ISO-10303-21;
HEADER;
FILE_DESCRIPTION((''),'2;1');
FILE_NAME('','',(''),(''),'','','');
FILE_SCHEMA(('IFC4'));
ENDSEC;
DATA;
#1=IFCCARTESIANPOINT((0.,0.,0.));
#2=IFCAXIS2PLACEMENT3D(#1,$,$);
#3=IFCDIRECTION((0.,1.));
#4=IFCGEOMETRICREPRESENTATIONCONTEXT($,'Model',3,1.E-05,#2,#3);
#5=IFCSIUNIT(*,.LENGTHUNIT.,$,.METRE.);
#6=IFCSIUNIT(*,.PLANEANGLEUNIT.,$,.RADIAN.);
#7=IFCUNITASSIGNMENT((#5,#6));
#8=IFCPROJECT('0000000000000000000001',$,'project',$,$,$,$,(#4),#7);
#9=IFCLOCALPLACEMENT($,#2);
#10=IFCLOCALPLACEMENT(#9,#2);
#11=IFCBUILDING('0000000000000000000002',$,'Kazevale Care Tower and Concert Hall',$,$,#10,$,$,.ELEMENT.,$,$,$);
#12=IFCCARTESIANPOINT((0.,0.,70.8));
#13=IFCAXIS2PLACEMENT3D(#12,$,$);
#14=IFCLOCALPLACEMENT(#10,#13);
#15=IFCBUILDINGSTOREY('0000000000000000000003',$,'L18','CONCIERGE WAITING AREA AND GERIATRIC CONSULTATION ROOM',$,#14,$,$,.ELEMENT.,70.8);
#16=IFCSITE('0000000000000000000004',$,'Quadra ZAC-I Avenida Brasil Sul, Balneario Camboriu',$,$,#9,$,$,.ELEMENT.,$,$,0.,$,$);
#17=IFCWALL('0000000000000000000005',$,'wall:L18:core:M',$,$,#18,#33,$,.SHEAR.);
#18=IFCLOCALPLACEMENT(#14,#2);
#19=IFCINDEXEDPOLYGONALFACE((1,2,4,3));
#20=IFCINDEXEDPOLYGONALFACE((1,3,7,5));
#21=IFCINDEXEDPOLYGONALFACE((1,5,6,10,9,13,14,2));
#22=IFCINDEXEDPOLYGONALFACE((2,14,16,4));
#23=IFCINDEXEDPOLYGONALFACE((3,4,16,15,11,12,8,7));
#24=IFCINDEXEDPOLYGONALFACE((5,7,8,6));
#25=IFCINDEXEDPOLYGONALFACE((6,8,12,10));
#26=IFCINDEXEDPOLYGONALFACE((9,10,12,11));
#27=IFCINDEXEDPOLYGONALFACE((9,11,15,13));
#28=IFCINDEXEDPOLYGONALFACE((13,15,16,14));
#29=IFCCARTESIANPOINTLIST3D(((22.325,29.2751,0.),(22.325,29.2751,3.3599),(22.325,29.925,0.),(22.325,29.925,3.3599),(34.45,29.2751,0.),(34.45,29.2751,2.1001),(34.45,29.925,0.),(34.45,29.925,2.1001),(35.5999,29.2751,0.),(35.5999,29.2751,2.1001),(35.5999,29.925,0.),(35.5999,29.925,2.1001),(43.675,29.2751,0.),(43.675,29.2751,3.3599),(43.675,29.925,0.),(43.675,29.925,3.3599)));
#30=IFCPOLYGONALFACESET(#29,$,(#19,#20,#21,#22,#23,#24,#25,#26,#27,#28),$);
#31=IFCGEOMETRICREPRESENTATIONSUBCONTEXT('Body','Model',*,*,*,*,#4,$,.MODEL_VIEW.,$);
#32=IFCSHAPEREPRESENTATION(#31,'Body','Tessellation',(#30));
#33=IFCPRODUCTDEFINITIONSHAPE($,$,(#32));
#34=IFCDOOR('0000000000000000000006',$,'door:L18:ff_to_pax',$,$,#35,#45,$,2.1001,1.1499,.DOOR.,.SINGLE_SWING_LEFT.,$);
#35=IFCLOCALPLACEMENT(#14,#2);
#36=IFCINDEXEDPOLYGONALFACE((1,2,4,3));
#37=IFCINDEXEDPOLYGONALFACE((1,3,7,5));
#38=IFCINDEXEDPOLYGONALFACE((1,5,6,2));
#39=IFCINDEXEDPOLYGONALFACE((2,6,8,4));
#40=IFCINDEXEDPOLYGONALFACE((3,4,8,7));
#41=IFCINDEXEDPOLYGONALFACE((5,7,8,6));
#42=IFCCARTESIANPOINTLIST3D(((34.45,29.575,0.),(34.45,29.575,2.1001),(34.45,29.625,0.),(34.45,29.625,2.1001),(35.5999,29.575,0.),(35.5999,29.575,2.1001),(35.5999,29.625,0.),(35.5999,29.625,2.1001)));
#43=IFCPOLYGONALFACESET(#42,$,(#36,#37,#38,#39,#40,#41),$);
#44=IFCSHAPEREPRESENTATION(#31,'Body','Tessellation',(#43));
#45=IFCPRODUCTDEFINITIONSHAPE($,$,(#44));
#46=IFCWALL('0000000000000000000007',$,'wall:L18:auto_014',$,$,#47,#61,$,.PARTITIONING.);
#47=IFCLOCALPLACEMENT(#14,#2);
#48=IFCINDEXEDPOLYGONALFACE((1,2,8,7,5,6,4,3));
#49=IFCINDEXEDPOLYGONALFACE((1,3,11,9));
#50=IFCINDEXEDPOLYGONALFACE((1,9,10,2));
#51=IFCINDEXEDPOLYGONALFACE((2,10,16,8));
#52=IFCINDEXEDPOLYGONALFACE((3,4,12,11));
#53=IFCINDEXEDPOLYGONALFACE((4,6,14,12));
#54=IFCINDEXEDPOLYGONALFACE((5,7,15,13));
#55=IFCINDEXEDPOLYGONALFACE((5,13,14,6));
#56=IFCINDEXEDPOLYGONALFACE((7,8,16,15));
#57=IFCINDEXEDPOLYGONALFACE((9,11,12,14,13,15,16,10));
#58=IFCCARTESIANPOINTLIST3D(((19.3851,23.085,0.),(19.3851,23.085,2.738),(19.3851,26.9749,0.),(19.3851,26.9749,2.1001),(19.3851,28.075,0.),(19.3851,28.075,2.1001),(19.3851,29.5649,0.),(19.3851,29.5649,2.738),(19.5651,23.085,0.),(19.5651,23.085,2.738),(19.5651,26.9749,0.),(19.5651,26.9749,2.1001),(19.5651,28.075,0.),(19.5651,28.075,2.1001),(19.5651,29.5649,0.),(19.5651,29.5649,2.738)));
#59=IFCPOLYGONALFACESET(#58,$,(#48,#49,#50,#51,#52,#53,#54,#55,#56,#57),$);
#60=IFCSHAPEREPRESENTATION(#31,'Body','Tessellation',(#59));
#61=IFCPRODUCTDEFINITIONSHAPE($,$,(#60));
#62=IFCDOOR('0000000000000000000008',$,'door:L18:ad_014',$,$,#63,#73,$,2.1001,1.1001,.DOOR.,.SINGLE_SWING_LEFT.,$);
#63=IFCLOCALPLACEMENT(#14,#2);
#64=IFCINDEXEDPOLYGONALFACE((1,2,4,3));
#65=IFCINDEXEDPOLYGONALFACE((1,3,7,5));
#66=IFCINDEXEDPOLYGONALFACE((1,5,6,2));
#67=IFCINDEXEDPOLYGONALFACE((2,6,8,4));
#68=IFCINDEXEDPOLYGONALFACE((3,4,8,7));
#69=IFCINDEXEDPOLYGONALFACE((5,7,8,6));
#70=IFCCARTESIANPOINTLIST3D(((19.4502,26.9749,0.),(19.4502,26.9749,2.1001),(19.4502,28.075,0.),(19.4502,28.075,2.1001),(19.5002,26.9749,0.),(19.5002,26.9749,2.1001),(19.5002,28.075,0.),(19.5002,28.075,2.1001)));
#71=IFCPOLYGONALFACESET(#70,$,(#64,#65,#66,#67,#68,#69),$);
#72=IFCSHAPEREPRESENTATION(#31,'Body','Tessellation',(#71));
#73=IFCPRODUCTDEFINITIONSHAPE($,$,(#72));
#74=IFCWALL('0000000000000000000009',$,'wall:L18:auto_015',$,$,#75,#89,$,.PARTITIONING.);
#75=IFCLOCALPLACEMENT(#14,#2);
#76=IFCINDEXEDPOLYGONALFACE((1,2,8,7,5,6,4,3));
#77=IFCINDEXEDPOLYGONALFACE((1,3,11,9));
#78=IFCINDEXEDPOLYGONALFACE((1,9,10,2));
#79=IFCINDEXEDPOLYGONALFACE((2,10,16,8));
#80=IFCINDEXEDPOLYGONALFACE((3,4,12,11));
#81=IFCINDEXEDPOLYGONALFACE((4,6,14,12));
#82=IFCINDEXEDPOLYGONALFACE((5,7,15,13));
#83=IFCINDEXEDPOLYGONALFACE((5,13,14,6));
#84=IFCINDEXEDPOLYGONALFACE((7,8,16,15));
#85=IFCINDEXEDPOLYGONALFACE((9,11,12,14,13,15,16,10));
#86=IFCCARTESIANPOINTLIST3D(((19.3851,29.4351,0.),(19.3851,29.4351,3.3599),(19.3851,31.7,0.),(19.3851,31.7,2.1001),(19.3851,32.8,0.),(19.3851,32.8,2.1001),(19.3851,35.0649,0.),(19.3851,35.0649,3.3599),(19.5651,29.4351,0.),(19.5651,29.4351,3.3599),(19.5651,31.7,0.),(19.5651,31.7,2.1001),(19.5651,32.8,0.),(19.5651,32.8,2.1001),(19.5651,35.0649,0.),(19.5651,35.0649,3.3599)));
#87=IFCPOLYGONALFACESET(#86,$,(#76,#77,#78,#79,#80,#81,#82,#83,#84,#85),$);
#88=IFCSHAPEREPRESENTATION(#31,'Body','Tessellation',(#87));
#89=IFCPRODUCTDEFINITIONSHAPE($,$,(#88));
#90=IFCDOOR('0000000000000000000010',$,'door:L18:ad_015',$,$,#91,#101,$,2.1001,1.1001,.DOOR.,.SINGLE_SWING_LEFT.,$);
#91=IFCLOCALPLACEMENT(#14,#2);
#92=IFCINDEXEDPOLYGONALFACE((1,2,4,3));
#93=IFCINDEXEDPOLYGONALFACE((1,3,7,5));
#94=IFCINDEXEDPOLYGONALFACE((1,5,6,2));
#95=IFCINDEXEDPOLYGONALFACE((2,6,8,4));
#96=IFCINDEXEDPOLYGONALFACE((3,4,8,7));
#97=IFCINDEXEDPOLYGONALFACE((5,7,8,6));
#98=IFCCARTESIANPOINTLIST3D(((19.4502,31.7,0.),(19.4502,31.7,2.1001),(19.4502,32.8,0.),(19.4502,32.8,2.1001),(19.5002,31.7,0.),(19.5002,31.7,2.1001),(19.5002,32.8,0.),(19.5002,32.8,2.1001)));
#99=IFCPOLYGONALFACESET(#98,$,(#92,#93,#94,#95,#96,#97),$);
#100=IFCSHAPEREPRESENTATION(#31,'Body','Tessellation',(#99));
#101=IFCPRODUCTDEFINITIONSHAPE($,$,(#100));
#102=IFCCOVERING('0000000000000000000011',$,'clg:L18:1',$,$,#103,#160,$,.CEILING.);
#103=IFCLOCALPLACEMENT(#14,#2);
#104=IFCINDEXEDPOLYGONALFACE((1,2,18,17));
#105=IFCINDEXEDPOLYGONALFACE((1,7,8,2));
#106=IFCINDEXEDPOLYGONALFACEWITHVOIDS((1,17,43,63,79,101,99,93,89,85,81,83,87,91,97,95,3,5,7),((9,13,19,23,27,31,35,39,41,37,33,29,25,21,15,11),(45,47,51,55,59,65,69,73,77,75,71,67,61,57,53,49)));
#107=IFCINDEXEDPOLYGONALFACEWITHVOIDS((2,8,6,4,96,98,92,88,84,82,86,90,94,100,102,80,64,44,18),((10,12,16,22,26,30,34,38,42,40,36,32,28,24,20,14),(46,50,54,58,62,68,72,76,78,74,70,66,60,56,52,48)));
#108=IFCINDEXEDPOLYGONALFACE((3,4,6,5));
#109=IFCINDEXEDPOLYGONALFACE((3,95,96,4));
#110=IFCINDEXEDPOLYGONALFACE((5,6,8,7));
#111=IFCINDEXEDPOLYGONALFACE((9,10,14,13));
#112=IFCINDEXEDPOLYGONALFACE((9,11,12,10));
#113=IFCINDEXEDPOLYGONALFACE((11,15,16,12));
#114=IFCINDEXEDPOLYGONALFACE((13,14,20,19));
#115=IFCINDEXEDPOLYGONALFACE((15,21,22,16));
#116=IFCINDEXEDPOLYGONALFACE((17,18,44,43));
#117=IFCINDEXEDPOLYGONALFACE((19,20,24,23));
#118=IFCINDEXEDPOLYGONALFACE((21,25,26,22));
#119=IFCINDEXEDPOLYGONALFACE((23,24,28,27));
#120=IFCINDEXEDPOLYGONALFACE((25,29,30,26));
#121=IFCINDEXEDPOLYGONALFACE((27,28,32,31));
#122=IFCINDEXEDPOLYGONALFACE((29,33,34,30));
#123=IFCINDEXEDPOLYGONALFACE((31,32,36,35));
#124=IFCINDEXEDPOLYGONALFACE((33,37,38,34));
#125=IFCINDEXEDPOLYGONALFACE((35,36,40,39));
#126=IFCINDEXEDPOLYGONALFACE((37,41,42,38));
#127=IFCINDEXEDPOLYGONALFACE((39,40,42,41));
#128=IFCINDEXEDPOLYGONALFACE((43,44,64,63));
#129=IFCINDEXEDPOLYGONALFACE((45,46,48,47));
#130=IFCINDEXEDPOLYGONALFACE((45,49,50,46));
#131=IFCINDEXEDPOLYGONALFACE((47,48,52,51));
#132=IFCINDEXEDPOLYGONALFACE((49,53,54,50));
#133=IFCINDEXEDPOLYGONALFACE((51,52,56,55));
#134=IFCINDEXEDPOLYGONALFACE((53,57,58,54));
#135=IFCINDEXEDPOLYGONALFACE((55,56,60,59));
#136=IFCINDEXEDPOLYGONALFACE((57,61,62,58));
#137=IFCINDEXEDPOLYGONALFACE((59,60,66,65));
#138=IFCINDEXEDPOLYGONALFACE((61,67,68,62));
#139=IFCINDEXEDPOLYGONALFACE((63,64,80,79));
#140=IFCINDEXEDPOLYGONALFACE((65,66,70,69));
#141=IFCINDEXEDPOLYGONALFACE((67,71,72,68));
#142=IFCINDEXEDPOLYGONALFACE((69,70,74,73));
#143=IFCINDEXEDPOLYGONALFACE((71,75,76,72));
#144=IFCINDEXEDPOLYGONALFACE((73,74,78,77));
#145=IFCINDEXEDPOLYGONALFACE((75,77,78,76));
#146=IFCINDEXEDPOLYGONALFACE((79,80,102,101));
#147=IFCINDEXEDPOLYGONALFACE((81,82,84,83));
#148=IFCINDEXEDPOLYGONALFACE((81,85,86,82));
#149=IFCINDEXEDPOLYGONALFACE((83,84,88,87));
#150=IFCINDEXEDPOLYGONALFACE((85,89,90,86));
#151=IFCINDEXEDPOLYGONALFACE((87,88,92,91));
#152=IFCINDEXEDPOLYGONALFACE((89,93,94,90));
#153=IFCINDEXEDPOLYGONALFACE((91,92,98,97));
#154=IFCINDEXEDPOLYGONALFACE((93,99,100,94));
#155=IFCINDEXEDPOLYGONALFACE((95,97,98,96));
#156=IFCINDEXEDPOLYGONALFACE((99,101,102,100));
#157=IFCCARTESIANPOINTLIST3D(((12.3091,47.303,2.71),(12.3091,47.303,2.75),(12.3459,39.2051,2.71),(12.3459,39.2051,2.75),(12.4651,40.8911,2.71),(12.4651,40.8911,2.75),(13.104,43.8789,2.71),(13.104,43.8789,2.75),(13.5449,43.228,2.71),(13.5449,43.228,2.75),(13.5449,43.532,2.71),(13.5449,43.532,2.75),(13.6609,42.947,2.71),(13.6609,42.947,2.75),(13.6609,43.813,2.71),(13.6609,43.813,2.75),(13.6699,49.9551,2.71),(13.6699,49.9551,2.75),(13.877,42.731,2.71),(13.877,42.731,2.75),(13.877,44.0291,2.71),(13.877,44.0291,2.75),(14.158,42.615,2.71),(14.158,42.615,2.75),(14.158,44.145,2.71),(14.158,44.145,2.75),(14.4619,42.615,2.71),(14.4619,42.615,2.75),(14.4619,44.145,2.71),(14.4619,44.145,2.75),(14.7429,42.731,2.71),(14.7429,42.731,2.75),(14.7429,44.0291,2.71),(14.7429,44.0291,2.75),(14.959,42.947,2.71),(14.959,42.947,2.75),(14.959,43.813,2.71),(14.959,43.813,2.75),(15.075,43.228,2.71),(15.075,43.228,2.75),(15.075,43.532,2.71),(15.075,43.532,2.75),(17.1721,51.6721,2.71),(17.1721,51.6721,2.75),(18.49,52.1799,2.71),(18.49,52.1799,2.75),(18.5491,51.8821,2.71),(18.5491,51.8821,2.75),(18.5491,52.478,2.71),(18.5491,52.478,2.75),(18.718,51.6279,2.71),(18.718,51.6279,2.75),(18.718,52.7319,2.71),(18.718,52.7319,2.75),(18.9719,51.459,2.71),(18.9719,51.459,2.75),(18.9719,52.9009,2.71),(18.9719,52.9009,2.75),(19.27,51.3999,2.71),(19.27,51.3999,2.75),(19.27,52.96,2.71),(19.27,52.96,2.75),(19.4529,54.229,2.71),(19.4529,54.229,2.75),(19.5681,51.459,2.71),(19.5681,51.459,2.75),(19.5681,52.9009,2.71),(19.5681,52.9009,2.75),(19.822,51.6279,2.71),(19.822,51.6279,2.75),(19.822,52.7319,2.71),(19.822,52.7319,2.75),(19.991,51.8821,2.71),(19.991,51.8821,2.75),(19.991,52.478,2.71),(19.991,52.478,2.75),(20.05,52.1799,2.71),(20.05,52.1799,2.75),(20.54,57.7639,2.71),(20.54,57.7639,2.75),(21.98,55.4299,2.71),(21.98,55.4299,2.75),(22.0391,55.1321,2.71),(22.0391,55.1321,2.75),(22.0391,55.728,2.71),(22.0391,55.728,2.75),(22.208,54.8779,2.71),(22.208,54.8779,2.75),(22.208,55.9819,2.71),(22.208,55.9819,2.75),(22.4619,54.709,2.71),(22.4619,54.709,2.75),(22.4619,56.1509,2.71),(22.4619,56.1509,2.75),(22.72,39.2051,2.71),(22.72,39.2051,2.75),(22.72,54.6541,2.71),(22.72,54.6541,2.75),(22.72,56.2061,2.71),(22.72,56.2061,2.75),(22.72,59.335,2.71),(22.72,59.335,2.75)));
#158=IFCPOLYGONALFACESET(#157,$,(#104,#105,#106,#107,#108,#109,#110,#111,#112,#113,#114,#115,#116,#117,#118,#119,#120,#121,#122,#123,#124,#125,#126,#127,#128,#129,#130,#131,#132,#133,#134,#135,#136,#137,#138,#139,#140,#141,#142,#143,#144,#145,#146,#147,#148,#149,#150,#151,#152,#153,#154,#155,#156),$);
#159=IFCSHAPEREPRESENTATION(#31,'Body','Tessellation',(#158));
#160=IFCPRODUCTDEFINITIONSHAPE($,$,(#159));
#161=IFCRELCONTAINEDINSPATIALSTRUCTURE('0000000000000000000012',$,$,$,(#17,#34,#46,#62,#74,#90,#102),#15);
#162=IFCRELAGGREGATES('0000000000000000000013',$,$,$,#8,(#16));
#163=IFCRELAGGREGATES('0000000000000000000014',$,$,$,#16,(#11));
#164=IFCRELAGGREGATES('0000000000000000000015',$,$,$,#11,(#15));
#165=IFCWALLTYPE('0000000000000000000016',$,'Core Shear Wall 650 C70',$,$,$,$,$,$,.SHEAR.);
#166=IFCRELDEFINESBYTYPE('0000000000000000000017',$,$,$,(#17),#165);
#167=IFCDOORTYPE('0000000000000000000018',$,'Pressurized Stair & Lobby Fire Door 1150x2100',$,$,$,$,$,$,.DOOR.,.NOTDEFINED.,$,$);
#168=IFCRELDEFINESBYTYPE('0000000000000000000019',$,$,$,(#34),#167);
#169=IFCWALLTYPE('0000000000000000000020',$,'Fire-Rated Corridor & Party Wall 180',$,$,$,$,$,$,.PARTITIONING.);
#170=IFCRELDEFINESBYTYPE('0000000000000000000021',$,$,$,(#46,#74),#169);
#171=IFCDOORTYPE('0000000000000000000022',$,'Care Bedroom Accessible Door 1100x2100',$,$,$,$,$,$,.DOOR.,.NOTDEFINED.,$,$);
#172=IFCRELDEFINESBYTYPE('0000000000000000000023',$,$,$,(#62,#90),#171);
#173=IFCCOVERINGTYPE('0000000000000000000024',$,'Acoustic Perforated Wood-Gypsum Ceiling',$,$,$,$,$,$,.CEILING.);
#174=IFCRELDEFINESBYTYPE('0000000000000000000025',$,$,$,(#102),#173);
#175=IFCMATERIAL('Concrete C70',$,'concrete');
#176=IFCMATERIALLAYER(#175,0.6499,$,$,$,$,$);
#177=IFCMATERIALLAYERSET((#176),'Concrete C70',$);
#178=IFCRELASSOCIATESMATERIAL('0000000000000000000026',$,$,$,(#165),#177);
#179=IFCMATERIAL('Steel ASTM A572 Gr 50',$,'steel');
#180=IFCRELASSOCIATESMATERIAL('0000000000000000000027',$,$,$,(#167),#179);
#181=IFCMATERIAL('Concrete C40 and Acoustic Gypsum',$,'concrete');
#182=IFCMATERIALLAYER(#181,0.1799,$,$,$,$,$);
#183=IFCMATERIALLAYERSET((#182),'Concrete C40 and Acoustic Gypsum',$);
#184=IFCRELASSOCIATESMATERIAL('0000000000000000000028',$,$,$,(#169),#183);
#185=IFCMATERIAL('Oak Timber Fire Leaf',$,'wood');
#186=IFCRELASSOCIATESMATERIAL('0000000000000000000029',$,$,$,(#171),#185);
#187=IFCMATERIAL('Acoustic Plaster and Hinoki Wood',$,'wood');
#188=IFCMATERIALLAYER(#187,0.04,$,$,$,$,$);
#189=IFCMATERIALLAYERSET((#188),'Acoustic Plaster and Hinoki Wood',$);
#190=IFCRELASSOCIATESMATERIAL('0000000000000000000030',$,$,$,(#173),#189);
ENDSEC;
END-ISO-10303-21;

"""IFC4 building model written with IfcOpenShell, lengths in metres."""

from ifc_helpers import new_model, si_unit, direction, frame, frame_2d, origin, place, context, subcontext, project, spatial, polyline, rectangle, outline, extrude, material, layer, layer_set, type_object, element, fill, save


model = new_model("IFC4")

# Units and contexts
model_context = context("Model", 3, precision=1e-05, world=origin(), true_north=direction((0.0, 1.0)))
body_context = subcontext(model_context, "Body", "Model", "MODEL_VIEW")
ifc_project = project(units=[si_unit("LENGTHUNIT", "METRE"), si_unit("PLANEANGLEUNIT", "RADIAN")], contexts=[model_context])

# Site, building, storey
site_placement = place(None, origin())
site = spatial("IfcSite", under=ifc_project, at=site_placement, Name="Quadra ZAC-I Avenida Brasil Sul, Balneario Camboriu", CompositionType="ELEMENT", RefElevation=0.0)
building_placement = place(site_placement, origin())
building = spatial("IfcBuilding", under=site, at=building_placement, Name="Kazevale Care Tower and Concert Hall", CompositionType="ELEMENT")
storey_placement = place(building_placement, frame((0.0, 0.0, 70.8)))
storey = spatial("IfcBuildingStorey", under=building, at=storey_placement, Name="L18", Description="CONCIERGE WAITING AREA AND GERIATRIC CONSULTATION ROOM", CompositionType="ELEMENT", Elevation=70.8)

# Shared definitions
ifc_material_1 = material(Name="Concrete C70", Category="concrete")

# Shared definitions
ifc_material_2 = material(Name="Steel ASTM A572 Gr 50", Category="steel")

# Shared definitions
ifc_layer_1 = layer(ifc_material_1, 0.6499)
ifc_layer_set_1 = layer_set([ifc_layer_1], Name="Concrete C70")
wall_type_1 = type_object("IfcWallType", Name="Core Shear Wall 650 C70", PredefinedType="SHEAR", material=ifc_layer_set_1)

# Walls, openings, doors
wall_1_placement = place(storey_placement, frame((22.325, 29.6001, 0.0), z_axis=(0.0, 0.0, 1.0), x_axis=(1.0, 0.0, 0.0)))
wall_1 = element("IfcWall", 1, at=wall_1_placement, inside=storey, type_object=wall_type_1, Name="wall:L18:core:M", PredefinedType="SHEAR", context=body_context, shape_type="SweptSolid", body=[
    extrude(rectangle(XDim=21.3501, YDim=0.6499, at=frame_2d((10.675, 0.0))), origin(), (0.0, 0.0, 1.0), 3.3599),
])
opening_1_placement = place(wall_1_placement, frame((12.125, 0.0, 0.0)))
opening_1 = element("IfcOpeningElement", 2, at=opening_1_placement, cuts=wall_1, PredefinedType="OPENING", context=body_context, shape_type="SweptSolid", body=[
    extrude(rectangle(XDim=1.1499, YDim=2.1001, at=frame_2d((0.575, 1.05))), frame((0.0, 0.335, 0.0), z_axis=(0.0, -1.0, 0.0), x_axis=(1.0, 0.0, 0.0)), (0.0, 0.0, 1.0), 0.6699),
])
door_type_1 = type_object("IfcDoorType", Name="Pressurized Stair & Lobby Fire Door 1150x2100", OperationType="NOTDEFINED", PredefinedType="DOOR", material=ifc_material_2)
door_1_placement = place(opening_1_placement, origin())
door_1 = element("IfcDoor", 3, at=door_1_placement, inside=storey, type_object=door_type_1, Name="door:L18:ff_to_pax", OperationType="SINGLE_SWING_LEFT", OverallHeight=2.1001, OverallWidth=1.1499, PredefinedType="DOOR", context=body_context, shape_type="SweptSolid", body=[
    extrude(rectangle(XDim=1.1499, YDim=2.1001, at=frame_2d((0.575, 1.05))), frame((0.0, 0.0249, 0.0), z_axis=(0.0, -1.0, 0.0), x_axis=(1.0, 0.0, 0.0)), (0.0, 0.0, 1.0), 0.05),
])
fill(opening_1, door_1)
ifc_material_3 = material(Name="Concrete C40 and Acoustic Gypsum", Category="concrete")
ifc_layer_2 = layer(ifc_material_3, 0.1799)
ifc_layer_set_2 = layer_set([ifc_layer_2], Name="Concrete C40 and Acoustic Gypsum")
wall_type_2 = type_object("IfcWallType", Name="Fire-Rated Corridor & Party Wall 180", PredefinedType="PARTITIONING", material=ifc_layer_set_2)
wall_2_placement = place(storey_placement, frame((19.4751, 23.085, 0.0), z_axis=(0.0, 0.0, 1.0), x_axis=(0.0, 1.0, 0.0)))
wall_2 = element("IfcWall", 4, at=wall_2_placement, inside=storey, type_object=wall_type_2, Name="wall:L18:auto_014", PredefinedType="PARTITIONING", context=body_context, shape_type="SweptSolid", body=[
    extrude(rectangle(XDim=6.48, YDim=0.1799, at=frame_2d((3.24, 0.0))), origin(), (0.0, 0.0, 1.0), 2.738),
])
opening_2_placement = place(wall_2_placement, frame((3.8899, 0.0, 0.0)))
opening_2 = element("IfcOpeningElement", 5, at=opening_2_placement, cuts=wall_2, PredefinedType="OPENING", context=body_context, shape_type="SweptSolid", body=[
    extrude(rectangle(XDim=1.1001, YDim=2.1001, at=frame_2d((0.55, 1.05))), frame((0.0, 0.0999, 0.0), z_axis=(0.0, -1.0, 0.0), x_axis=(1.0, 0.0, 0.0)), (0.0, 0.0, 1.0), 0.2),
])
ifc_material_4 = material(Name="Oak Timber Fire Leaf", Category="wood")
door_type_2 = type_object("IfcDoorType", Name="Care Bedroom Accessible Door 1100x2100", OperationType="NOTDEFINED", PredefinedType="DOOR", material=ifc_material_4)
door_2_placement = place(opening_2_placement, origin())
door_2 = element("IfcDoor", 6, at=door_2_placement, inside=storey, type_object=door_type_2, Name="door:L18:ad_014", OperationType="SINGLE_SWING_LEFT", OverallHeight=2.1001, OverallWidth=1.1001, PredefinedType="DOOR", context=body_context, shape_type="SweptSolid", body=[
    extrude(rectangle(XDim=1.1001, YDim=2.1001, at=frame_2d((0.55, 1.05))), frame((0.0, 0.0249, 0.0), z_axis=(0.0, -1.0, 0.0), x_axis=(1.0, 0.0, 0.0)), (0.0, 0.0, 1.0), 0.05),
])
fill(opening_2, door_2)
wall_3_placement = place(storey_placement, frame((19.4751, 29.4351, 0.0), z_axis=(0.0, 0.0, 1.0), x_axis=(0.0, 1.0, 0.0)))
wall_3 = element("IfcWall", 7, at=wall_3_placement, inside=storey, type_object=wall_type_2, Name="wall:L18:auto_015", PredefinedType="PARTITIONING", context=body_context, shape_type="SweptSolid", body=[
    extrude(rectangle(XDim=5.6299, YDim=0.1799, at=frame_2d((2.8149, 0.0))), origin(), (0.0, 0.0, 1.0), 3.3599),
])
opening_3_placement = place(wall_3_placement, frame((2.2649, 0.0, 0.0)))
opening_3 = element("IfcOpeningElement", 8, at=opening_3_placement, cuts=wall_3, PredefinedType="OPENING", context=body_context, shape_type="SweptSolid", body=[
    extrude(rectangle(XDim=1.1001, YDim=2.1001, at=frame_2d((0.55, 1.05))), frame((0.0, 0.0999, 0.0), z_axis=(0.0, -1.0, 0.0), x_axis=(1.0, 0.0, 0.0)), (0.0, 0.0, 1.0), 0.2),
])
door_3_placement = place(opening_3_placement, origin())
door_3 = element("IfcDoor", 9, at=door_3_placement, inside=storey, type_object=door_type_2, Name="door:L18:ad_015", OperationType="SINGLE_SWING_LEFT", OverallHeight=2.1001, OverallWidth=1.1001, PredefinedType="DOOR", context=body_context, shape_type="SweptSolid", body=[
    extrude(rectangle(XDim=1.1001, YDim=2.1001, at=frame_2d((0.55, 1.05))), frame((0.0, 0.0249, 0.0), z_axis=(0.0, -1.0, 0.0), x_axis=(1.0, 0.0, 0.0)), (0.0, 0.0, 1.0), 0.05),
])
fill(opening_3, door_3)

# Covering
ifc_material_5 = material(Name="Acoustic Plaster and Hinoki Wood", Category="wood")
ifc_layer_3 = layer(ifc_material_5, 0.04)
ifc_layer_set_3 = layer_set([ifc_layer_3], Name="Acoustic Plaster and Hinoki Wood")
covering_type_1 = type_object("IfcCoveringType", Name="Acoustic Perforated Wood-Gypsum Ceiling", PredefinedType="CEILING", material=ifc_layer_set_3)
covering_1_placement = place(storey_placement, frame((0.0, 0.0, 2.71)))
element("IfcCovering", 10, at=covering_1_placement, inside=storey, type_object=covering_type_1, Name="clg:L18:1", PredefinedType="CEILING", context=body_context, shape_type="SweptSolid", body=[
    extrude(outline(polyline([(12.3091, 47.303), (13.6699, 49.9551), (17.1721, 51.6721), (19.4529, 54.229), (20.54, 57.7639), (22.72, 59.335), (22.72, 56.2061), (22.4619, 56.1509), (22.208, 55.9819), (22.0391, 55.728), (21.98, 55.4299), (22.0391, 55.1321), (22.208, 54.8779), (22.4619, 54.709), (22.72, 54.6541), (22.72, 39.2051), (12.3459, 39.2051), (12.4651, 40.8911), (13.104, 43.8789), (12.3091, 47.303)]), holes=[polyline([(19.991, 52.478), (19.822, 52.7319), (19.5681, 52.9009), (19.27, 52.96), (18.9719, 52.9009), (18.718, 52.7319), (18.5491, 52.478), (18.49, 52.1799), (18.5491, 51.8821), (18.718, 51.6279), (18.9719, 51.459), (19.27, 51.3999), (19.5681, 51.459), (19.822, 51.6279), (19.991, 51.8821), (20.05, 52.1799), (19.991, 52.478)]), polyline([(15.075, 43.532), (14.959, 43.813), (14.7429, 44.0291), (14.4619, 44.145), (14.158, 44.145), (13.877, 44.0291), (13.6609, 43.813), (13.5449, 43.532), (13.5449, 43.228), (13.6609, 42.947), (13.877, 42.731), (14.158, 42.615), (14.4619, 42.615), (14.7429, 42.731), (14.959, 42.947), (15.075, 43.228), (15.075, 43.532)])]), origin(), (0.0, 0.0, 1.0), 0.04),
])

save(model, "model.ifc")
